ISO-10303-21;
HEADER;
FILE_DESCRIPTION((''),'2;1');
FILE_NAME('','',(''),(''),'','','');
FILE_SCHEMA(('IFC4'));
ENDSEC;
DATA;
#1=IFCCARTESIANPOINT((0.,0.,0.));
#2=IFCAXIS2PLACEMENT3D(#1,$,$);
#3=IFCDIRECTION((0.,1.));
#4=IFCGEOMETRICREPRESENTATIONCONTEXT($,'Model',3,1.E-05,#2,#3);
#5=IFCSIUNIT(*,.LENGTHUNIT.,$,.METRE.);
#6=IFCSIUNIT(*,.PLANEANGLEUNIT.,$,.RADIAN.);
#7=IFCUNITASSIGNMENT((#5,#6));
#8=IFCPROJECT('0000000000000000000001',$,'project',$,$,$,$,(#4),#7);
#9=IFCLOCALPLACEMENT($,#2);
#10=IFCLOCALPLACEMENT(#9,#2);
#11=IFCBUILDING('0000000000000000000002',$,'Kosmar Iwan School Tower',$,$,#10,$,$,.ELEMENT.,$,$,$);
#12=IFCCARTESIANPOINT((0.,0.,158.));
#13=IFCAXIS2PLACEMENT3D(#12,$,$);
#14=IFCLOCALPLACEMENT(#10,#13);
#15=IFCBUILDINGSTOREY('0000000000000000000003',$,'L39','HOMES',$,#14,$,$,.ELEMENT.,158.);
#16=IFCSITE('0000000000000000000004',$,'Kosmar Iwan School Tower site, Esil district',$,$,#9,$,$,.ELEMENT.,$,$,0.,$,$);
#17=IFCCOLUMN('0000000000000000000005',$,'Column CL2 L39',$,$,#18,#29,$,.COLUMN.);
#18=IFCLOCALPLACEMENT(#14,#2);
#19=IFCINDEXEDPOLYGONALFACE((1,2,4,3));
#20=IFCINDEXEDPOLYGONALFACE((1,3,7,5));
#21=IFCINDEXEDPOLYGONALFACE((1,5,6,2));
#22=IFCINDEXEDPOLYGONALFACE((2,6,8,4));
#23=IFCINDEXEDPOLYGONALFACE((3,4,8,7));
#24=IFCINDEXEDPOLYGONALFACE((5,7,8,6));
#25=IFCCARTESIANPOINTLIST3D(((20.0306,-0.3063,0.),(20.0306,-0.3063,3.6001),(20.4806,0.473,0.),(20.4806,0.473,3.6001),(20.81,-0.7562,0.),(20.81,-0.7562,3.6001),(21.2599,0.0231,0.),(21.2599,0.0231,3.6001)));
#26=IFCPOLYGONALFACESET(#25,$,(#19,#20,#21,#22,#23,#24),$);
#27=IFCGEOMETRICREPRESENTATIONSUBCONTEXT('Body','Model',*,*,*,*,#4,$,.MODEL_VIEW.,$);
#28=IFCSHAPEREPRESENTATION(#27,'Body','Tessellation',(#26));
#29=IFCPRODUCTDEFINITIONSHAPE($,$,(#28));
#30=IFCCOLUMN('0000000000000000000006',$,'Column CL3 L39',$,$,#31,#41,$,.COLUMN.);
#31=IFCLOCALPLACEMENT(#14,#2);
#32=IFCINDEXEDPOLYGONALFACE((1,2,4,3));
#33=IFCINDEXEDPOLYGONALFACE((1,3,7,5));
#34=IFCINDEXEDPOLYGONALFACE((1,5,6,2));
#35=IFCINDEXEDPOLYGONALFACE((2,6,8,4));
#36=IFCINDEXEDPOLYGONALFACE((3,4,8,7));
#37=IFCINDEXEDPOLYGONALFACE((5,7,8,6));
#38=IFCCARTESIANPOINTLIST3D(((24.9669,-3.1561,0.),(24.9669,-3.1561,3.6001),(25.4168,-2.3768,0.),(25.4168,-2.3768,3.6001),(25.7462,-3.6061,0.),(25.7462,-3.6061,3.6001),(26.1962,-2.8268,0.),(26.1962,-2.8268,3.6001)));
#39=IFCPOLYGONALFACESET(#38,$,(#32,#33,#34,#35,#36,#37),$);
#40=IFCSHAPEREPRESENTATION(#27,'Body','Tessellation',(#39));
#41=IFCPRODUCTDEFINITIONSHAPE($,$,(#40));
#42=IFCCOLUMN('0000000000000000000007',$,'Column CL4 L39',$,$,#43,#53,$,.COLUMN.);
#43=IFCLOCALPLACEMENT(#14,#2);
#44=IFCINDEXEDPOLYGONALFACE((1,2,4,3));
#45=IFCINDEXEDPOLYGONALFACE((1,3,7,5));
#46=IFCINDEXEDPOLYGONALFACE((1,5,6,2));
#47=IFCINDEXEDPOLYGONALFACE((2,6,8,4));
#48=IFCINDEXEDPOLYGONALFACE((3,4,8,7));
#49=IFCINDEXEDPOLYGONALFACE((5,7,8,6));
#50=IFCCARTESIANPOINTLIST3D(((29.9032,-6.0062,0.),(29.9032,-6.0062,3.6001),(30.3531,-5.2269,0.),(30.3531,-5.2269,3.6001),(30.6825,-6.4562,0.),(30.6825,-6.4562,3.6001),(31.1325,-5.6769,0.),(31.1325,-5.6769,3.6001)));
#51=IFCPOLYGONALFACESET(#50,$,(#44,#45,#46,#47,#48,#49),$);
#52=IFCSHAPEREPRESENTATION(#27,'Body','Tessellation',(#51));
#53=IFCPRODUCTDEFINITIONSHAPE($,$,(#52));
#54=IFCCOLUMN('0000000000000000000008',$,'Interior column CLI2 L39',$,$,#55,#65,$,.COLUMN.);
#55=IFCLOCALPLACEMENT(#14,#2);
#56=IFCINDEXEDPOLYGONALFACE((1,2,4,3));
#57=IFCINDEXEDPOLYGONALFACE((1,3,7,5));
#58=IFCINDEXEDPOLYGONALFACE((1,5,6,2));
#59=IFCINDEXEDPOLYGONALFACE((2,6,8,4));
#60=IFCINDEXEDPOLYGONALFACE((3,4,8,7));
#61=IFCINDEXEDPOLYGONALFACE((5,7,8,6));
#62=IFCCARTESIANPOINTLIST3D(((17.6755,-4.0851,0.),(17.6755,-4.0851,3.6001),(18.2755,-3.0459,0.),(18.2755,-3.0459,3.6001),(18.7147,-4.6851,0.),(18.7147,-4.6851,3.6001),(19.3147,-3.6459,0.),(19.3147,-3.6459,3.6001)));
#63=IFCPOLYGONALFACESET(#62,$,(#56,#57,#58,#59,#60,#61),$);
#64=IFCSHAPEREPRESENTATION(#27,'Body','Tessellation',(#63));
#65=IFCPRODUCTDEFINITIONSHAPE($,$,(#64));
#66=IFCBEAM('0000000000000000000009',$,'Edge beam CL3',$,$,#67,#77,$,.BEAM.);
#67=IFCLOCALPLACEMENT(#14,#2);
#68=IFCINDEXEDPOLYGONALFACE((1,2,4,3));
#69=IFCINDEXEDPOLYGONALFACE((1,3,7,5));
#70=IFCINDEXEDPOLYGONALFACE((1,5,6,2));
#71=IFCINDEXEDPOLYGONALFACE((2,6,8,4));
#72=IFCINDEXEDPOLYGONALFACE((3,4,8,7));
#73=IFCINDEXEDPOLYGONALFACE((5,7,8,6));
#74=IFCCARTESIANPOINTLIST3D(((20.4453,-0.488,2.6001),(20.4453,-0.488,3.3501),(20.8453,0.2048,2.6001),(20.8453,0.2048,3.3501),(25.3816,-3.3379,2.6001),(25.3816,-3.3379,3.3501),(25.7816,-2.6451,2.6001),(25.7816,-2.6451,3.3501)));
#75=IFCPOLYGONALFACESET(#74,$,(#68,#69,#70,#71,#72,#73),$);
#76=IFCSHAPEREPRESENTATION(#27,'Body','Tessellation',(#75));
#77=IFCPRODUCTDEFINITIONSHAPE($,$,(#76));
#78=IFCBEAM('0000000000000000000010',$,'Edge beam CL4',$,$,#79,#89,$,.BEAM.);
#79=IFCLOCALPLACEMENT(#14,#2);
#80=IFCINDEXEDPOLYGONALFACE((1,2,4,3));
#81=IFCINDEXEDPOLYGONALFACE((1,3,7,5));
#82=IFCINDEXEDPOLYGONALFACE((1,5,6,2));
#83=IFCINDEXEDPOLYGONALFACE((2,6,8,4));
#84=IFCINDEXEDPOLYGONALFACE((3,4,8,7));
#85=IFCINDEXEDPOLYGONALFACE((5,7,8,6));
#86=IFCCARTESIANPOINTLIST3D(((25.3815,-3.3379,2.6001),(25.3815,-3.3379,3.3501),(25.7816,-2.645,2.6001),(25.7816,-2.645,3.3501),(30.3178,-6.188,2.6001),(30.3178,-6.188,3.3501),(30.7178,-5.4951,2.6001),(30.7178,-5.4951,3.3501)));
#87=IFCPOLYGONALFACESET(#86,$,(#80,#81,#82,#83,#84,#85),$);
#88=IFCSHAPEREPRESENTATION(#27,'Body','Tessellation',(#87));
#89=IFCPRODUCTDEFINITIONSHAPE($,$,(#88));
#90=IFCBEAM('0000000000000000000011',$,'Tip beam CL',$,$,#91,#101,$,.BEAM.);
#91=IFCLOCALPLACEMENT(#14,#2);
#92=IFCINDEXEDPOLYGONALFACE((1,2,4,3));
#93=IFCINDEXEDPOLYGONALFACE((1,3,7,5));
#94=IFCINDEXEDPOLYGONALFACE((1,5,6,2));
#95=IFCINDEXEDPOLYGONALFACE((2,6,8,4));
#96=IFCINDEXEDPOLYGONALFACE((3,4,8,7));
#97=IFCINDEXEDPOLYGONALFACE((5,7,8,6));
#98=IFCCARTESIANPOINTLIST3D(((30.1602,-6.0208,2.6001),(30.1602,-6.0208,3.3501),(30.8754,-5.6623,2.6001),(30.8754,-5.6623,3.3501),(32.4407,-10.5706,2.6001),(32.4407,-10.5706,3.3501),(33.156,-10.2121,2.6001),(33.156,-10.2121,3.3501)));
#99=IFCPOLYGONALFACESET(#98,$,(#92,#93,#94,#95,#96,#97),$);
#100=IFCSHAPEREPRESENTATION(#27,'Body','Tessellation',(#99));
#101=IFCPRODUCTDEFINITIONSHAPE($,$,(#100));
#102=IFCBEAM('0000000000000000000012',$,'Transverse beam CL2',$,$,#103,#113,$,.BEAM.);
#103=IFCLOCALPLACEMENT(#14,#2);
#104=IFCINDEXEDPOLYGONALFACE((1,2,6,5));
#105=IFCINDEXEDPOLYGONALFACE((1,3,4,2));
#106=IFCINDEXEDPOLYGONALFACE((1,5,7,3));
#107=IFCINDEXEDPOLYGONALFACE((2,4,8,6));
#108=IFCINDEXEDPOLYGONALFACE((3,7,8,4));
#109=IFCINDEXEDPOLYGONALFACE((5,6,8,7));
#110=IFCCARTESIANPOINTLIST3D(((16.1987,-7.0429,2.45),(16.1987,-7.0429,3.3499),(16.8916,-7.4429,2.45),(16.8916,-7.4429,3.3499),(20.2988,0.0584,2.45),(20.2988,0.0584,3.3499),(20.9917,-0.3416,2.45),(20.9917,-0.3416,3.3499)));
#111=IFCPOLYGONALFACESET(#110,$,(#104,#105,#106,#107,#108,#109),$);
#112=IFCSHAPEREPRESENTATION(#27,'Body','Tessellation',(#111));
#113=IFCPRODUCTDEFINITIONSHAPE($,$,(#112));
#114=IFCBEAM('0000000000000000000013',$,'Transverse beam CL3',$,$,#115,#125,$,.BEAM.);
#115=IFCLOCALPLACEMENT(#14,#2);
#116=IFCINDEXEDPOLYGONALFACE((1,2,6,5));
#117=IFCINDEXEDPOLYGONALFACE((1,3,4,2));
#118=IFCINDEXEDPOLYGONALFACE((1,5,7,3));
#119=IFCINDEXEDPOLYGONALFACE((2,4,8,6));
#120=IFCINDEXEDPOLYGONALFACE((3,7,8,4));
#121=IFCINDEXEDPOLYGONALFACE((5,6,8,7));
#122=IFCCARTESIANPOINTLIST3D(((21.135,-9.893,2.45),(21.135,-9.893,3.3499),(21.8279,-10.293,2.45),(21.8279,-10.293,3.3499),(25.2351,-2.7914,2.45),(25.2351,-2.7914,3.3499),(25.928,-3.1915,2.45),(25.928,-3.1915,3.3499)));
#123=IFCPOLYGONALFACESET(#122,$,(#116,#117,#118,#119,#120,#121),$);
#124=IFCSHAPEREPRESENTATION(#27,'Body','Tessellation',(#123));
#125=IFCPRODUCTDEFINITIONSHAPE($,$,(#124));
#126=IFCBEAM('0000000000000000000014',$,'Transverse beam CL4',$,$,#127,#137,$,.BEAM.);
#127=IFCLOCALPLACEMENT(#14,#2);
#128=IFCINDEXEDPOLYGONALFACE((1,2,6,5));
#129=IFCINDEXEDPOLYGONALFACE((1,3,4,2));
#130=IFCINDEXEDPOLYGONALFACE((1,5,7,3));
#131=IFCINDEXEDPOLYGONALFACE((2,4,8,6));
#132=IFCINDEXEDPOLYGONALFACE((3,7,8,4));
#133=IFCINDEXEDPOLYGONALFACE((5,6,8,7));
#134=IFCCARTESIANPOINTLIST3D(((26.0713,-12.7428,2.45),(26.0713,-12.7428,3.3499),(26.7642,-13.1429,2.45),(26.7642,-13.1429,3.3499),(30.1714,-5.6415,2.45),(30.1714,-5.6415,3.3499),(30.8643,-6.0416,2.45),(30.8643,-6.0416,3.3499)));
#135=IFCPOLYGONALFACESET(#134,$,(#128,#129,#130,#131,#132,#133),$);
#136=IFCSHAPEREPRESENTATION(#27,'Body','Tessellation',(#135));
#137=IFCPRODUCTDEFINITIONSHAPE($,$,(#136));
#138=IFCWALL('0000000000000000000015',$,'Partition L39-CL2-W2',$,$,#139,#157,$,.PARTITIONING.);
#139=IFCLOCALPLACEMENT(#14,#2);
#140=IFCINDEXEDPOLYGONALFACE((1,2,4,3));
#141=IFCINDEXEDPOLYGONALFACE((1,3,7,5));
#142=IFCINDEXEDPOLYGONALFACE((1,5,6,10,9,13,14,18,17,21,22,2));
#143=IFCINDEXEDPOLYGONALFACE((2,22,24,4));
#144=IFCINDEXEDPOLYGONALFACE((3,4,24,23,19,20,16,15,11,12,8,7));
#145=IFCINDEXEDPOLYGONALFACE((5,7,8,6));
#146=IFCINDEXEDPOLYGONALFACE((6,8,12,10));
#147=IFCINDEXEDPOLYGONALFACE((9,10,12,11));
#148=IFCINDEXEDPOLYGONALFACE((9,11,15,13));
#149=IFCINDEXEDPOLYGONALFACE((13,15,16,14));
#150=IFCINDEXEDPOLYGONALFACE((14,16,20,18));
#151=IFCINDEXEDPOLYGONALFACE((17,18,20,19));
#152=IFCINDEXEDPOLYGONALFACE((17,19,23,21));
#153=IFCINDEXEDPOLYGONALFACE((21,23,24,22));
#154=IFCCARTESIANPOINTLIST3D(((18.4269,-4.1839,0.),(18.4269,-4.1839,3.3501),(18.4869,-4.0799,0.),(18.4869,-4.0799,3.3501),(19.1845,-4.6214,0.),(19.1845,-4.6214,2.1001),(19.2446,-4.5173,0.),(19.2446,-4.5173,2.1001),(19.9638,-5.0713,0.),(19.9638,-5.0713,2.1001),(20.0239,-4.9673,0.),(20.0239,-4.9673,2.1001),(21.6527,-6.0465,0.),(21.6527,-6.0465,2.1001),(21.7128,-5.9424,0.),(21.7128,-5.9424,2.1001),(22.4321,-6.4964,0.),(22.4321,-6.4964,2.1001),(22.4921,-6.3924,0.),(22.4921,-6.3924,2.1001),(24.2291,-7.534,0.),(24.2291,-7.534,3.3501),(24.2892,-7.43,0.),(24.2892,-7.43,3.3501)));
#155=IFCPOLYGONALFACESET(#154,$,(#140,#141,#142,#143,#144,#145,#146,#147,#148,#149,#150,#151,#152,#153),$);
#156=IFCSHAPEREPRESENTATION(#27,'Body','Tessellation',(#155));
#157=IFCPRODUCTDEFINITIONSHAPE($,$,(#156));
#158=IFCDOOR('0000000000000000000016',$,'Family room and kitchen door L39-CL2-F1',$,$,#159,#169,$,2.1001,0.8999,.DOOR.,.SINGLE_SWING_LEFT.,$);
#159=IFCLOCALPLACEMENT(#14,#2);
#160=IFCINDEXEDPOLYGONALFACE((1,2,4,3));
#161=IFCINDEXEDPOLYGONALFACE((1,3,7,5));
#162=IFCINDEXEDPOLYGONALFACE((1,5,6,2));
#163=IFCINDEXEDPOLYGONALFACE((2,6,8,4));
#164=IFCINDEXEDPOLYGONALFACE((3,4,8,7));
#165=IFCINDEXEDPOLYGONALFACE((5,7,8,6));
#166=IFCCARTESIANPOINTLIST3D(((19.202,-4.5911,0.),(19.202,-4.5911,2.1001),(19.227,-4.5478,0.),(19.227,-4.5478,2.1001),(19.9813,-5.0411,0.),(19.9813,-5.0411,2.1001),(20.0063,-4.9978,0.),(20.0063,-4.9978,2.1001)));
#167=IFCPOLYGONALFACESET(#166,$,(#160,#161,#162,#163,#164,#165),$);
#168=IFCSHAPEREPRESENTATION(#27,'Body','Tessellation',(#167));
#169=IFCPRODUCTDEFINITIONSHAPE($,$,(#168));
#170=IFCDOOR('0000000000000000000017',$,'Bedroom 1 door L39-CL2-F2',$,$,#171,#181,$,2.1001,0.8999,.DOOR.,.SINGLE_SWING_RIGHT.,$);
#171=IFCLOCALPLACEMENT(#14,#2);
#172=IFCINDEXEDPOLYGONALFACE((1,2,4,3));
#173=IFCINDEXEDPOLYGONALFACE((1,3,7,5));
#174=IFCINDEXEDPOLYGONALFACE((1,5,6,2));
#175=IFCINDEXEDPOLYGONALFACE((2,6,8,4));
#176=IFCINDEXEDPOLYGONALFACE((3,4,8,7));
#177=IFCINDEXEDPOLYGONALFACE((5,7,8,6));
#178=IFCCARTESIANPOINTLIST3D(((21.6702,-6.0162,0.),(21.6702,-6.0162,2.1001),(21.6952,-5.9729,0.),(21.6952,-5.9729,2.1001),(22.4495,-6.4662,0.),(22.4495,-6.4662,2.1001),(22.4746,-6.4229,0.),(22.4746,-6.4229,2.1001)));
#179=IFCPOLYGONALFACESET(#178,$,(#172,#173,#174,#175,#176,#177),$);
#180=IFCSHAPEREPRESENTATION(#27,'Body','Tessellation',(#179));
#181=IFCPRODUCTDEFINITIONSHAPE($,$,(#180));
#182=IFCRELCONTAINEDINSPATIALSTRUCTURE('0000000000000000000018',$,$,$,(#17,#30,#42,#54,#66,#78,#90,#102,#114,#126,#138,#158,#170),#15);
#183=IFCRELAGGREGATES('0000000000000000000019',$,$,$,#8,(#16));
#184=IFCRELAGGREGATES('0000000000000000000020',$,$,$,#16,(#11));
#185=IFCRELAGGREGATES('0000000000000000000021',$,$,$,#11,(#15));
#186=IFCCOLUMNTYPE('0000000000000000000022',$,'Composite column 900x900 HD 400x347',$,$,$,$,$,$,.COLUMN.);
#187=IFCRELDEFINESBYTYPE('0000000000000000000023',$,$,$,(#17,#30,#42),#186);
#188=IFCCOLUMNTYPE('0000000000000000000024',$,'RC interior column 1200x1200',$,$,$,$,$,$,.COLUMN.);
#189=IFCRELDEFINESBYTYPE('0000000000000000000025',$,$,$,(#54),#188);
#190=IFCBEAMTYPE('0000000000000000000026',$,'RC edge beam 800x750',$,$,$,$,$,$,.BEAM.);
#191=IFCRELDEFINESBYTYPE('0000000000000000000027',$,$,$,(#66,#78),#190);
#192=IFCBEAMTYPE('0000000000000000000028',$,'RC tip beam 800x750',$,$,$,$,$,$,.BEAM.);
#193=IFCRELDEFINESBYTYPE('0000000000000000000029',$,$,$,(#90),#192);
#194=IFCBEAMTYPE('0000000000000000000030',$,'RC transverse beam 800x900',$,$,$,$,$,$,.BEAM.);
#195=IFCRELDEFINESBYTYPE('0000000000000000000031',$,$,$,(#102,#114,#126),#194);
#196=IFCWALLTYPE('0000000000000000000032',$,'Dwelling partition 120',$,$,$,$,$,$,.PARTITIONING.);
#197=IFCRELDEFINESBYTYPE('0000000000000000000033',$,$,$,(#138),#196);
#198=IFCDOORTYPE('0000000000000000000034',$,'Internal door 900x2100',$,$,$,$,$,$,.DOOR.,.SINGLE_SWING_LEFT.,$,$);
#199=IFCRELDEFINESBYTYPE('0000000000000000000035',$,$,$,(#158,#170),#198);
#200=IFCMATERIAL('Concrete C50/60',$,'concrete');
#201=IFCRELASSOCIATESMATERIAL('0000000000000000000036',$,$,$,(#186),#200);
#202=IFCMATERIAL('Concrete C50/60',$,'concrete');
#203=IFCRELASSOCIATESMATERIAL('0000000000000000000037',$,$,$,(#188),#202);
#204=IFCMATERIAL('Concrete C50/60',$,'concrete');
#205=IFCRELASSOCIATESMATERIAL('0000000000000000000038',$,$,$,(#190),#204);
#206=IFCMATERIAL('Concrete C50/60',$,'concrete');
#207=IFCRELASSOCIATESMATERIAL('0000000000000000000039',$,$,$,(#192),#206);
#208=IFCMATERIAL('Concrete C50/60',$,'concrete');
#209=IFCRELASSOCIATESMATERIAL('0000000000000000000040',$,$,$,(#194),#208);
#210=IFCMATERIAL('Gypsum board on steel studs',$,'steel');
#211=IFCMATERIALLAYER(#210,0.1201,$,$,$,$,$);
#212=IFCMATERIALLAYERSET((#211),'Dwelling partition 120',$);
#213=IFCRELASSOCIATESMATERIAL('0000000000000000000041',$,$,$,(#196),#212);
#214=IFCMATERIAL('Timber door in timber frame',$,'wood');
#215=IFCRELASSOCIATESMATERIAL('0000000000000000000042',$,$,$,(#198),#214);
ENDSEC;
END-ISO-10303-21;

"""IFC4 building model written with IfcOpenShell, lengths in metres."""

from ifc_helpers import new_model, si_unit, direction, frame, frame_2d, origin, origin_2d, place, context, subcontext, project, spatial, rectangle, extrude, material, layer, layer_set, material_profile, profile_set, type_object, element, fill, save


model = new_model("IFC4")

# Units and contexts
model_context = context("Model", 3, precision=1e-05, world=origin(), true_north=direction((0.0, 1.0)))
body_context = subcontext(model_context, "Body", "Model", "MODEL_VIEW")
ifc_project = project(units=[si_unit("LENGTHUNIT", "METRE"), si_unit("PLANEANGLEUNIT", "RADIAN")], contexts=[model_context])

# Site, building, storey
site_placement = place(None, origin())
site = spatial("IfcSite", under=ifc_project, at=site_placement, Name="Kosmar Iwan School Tower site, Esil district", CompositionType="ELEMENT", RefElevation=0.0)
building_placement = place(site_placement, origin())
building = spatial("IfcBuilding", under=site, at=building_placement, Name="Kosmar Iwan School Tower", CompositionType="ELEMENT")
storey_placement = place(building_placement, frame((0.0, 0.0, 158.0)))
storey = spatial("IfcBuildingStorey", under=building, at=storey_placement, Name="L39", Description="HOMES", CompositionType="ELEMENT", Elevation=158.0)

# Columns
ifc_material_1 = material(Name="Concrete C50/60", Category="concrete")
ifc_material_profile_1 = material_profile(ifc_material_1, rectangle(XDim=0.8999, YDim=0.8999, at=origin_2d()), Name="RC 900x900 + HD 400x347")
ifc_profile_set_1 = profile_set([ifc_material_profile_1], Name="Concrete C50/60")
column_type_1 = type_object("IfcColumnType", Name="Composite column 900x900 HD 400x347", PredefinedType="COLUMN", material=ifc_profile_set_1)
for number, where, z_axis, x_axis, name in (
    (1, (20.6453, -0.1416, 0.0), (0.0, 0.0, 1.0), (0.866025, -0.5, 0.0), "Column CL2 L39"),
    (2, (25.5815, -2.9915, 0.0), (0.0, 0.0, 1.0), (0.866025, -0.5, 0.0), "Column CL3 L39"),
    (3, (30.5178, -5.8416, 0.0), (0.0, 0.0, 1.0), (0.866025, -0.5, 0.0), "Column CL4 L39"),
):
    element("IfcColumn", number, at=place(storey_placement, frame(where, z_axis=z_axis, x_axis=x_axis)), inside=storey, type_object=column_type_1, Name=name, PredefinedType="COLUMN", context=body_context, shape_type="SweptSolid", body=[
        extrude(rectangle(XDim=0.8999, YDim=0.8999, at=origin_2d()), origin(), (0.0, 0.0, 1.0), 3.6001),
    ])
ifc_material_2 = material(Name="Concrete C50/60", Category="concrete")
ifc_material_profile_2 = material_profile(ifc_material_2, rectangle(XDim=1.2, YDim=1.2, at=origin_2d()), Name="RC 1200x1200")
ifc_profile_set_2 = profile_set([ifc_material_profile_2], Name="Concrete C50/60")
column_type_2 = type_object("IfcColumnType", Name="RC interior column 1200x1200", PredefinedType="COLUMN", material=ifc_profile_set_2)
column_placement = place(storey_placement, frame((18.4951, -3.8655, 0.0), z_axis=(0.0, 0.0, 1.0), x_axis=(0.866025, -0.5, 0.0)))
element("IfcColumn", 4, at=column_placement, inside=storey, type_object=column_type_2, Name="Interior column CLI2 L39", PredefinedType="COLUMN", context=body_context, shape_type="SweptSolid", body=[
    extrude(rectangle(XDim=1.2, YDim=1.2, at=origin_2d()), origin(), (0.0, 0.0, 1.0), 3.6001),
])

# Beams
ifc_material_3 = material(Name="Concrete C50/60", Category="concrete")
ifc_material_profile_3 = material_profile(ifc_material_3, rectangle(XDim=0.8, YDim=0.75, at=origin_2d()), Name="RC 800x750")
ifc_profile_set_3 = profile_set([ifc_material_profile_3], Name="Concrete C50/60")
beam_type_1 = type_object("IfcBeamType", Name="RC edge beam 800x750", PredefinedType="BEAM", material=ifc_profile_set_3)
for number, where, z_axis, x_axis, name in (
    (5, (20.6453, -0.1416, 2.9751), (0.866034, -0.499986, 0.0), (0.499986, 0.866034, 0.0), "Edge beam CL3"),
    (6, (25.5815, -2.9915, 2.9751), (0.866015, -0.500018, 0.0), (0.500018, 0.866015, 0.0), "Edge beam CL4"),
):
    element("IfcBeam", number, at=place(storey_placement, frame(where, z_axis=z_axis, x_axis=x_axis)), inside=storey, type_object=beam_type_1, Name=name, PredefinedType="BEAM", context=body_context, shape_type="SweptSolid", body=[
        extrude(rectangle(XDim=0.8, YDim=0.75, at=origin_2d()), origin(), (0.0, 0.0, 1.0), 5.7),
    ])
ifc_material_4 = material(Name="Concrete C50/60", Category="concrete")
ifc_material_profile_4 = material_profile(ifc_material_4, rectangle(XDim=0.8, YDim=0.75, at=origin_2d()), Name="RC 800x750")
ifc_profile_set_4 = profile_set([ifc_material_profile_4], Name="Concrete C50/60")
beam_type_2 = type_object("IfcBeamType", Name="RC tip beam 800x750", PredefinedType="BEAM", material=ifc_profile_set_4)
beam_1_placement = place(storey_placement, frame((30.5178, -5.8416, 2.9751), z_axis=(0.448096, -0.893985, 0.0), x_axis=(0.893985, 0.448096, 0.0)))
element("IfcBeam", 7, at=beam_1_placement, inside=storey, type_object=beam_type_2, Name="Tip beam CL", PredefinedType="BEAM", context=body_context, shape_type="SweptSolid", body=[
    extrude(rectangle(XDim=0.8, YDim=0.75, at=origin_2d()), origin(), (0.0, 0.0, 1.0), 5.0894),
])
ifc_material_5 = material(Name="Concrete C50/60", Category="concrete")
ifc_material_profile_5 = material_profile(ifc_material_5, rectangle(XDim=0.8, YDim=0.8999, at=origin_2d()), Name="RC 800x900")
ifc_profile_set_5 = profile_set([ifc_material_profile_5], Name="Concrete C50/60")
beam_type_3 = type_object("IfcBeamType", Name="RC transverse beam 800x900", PredefinedType="BEAM", material=ifc_profile_set_5)
beam_2_placement = place(storey_placement, frame((20.6453, -0.1416, 2.8999), z_axis=(-0.500014, -0.866018, 0.0), x_axis=(0.866018, -0.500014, 0.0)))
element("IfcBeam", 8, at=beam_2_placement, inside=storey, type_object=beam_type_3, Name="Transverse beam CL2", PredefinedType="BEAM", context=body_context, shape_type="SweptSolid", body=[
    extrude(rectangle(XDim=0.8, YDim=0.8999, at=origin_2d()), origin(), (0.0, 0.0, 1.0), 8.2),
])
beam_3_placement = place(storey_placement, frame((25.5815, -2.9915, 2.8999), z_axis=(-0.500001, -0.866025, 0.0), x_axis=(0.866025, -0.500001, 0.0)))
element("IfcBeam", 9, at=beam_3_placement, inside=storey, type_object=beam_type_3, Name="Transverse beam CL3", PredefinedType="BEAM", context=body_context, shape_type="SweptSolid", body=[
    extrude(rectangle(XDim=0.8, YDim=0.8999, at=origin_2d()), origin(), (0.0, 0.0, 1.0), 8.2002),
])
beam_4_placement = place(storey_placement, frame((30.5178, -5.8416, 2.8999), z_axis=(-0.500014, -0.866018, 0.0), x_axis=(0.866018, -0.500014, 0.0)))
element("IfcBeam", 10, at=beam_4_placement, inside=storey, type_object=beam_type_3, Name="Transverse beam CL4", PredefinedType="BEAM", context=body_context, shape_type="SweptSolid", body=[
    extrude(rectangle(XDim=0.8, YDim=0.8999, at=origin_2d()), origin(), (0.0, 0.0, 1.0), 8.2),
])

# Wall, openings, doors
ifc_material_6 = material(Name="Gypsum board on steel studs", Category="steel")
ifc_layer_1 = layer(ifc_material_6, 0.1201)
ifc_layer_set_1 = layer_set([ifc_layer_1], Name="Dwelling partition 120")
wall_type_1 = type_object("IfcWallType", Name="Dwelling partition 120", PredefinedType="PARTITIONING", material=ifc_layer_set_1)
wall_1_placement = place(storey_placement, frame((18.4568, -4.1318, 0.0), z_axis=(0.0, 0.0, 1.0), x_axis=(0.866014, -0.500019, 0.0)))
wall_1 = element("IfcWall", 11, at=wall_1_placement, inside=storey, type_object=wall_type_1, Name="Partition L39-CL2-W2", PredefinedType="PARTITIONING", context=body_context, shape_type="SweptSolid", body=[
    extrude(rectangle(XDim=6.7, YDim=0.1201, at=frame_2d((3.3501, 0.0))), origin(), (0.0, 0.0, 1.0), 3.3501),
])
opening_1_placement = place(wall_1_placement, frame((0.875, 0.0, 0.0)))
opening_1 = element("IfcOpeningElement", 12, at=opening_1_placement, cuts=wall_1, PredefinedType="OPENING", context=body_context, shape_type="SweptSolid", body=[
    extrude(rectangle(XDim=0.8999, YDim=2.1001, at=frame_2d((0.45, 1.05))), frame((0.0, 0.072, 0.0), z_axis=(0.0, -1.0, 0.0), x_axis=(1.0, 0.0, 0.0)), (0.0, 0.0, 1.0), 0.144),
])
opening_2_placement = place(wall_1_placement, frame((3.7251, 0.0, 0.0)))
opening_2 = element("IfcOpeningElement", 13, at=opening_2_placement, cuts=wall_1, PredefinedType="OPENING", context=body_context, shape_type="SweptSolid", body=[
    extrude(rectangle(XDim=0.8999, YDim=2.1001, at=frame_2d((0.45, 1.05))), frame((0.0, 0.072, 0.0), z_axis=(0.0, -1.0, 0.0), x_axis=(1.0, 0.0, 0.0)), (0.0, 0.0, 1.0), 0.144),
])
ifc_material_7 = material(Name="Timber door in timber frame", Category="wood")
door_type = type_object("IfcDoorType", Name="Internal door 900x2100", OperationType="SINGLE_SWING_LEFT", PredefinedType="DOOR", material=ifc_material_7)
door_1_placement = place(opening_1_placement, origin())
door_1 = element("IfcDoor", 14, at=door_1_placement, inside=storey, type_object=door_type, Name="Family room and kitchen door L39-CL2-F1", OperationType="SINGLE_SWING_LEFT", OverallHeight=2.1001, OverallWidth=0.8999, PredefinedType="DOOR", context=body_context, shape_type="SweptSolid", body=[
    extrude(rectangle(XDim=0.8999, YDim=2.1001, at=frame_2d((0.45, 1.05))), frame((0.0, 0.0249, 0.0), z_axis=(0.0, -1.0, 0.0), x_axis=(1.0, 0.0, 0.0)), (0.0, 0.0, 1.0), 0.05),
])
fill(opening_1, door_1)
door_2_placement = place(opening_2_placement, origin())
door_2 = element("IfcDoor", 15, at=door_2_placement, inside=storey, type_object=door_type, Name="Bedroom 1 door L39-CL2-F2", OperationType="SINGLE_SWING_RIGHT", OverallHeight=2.1001, OverallWidth=0.8999, PredefinedType="DOOR", context=body_context, shape_type="SweptSolid", body=[
    extrude(rectangle(XDim=0.8999, YDim=2.1001, at=frame_2d((0.45, 1.05))), frame((0.0, 0.0249, 0.0), z_axis=(0.0, -1.0, 0.0), x_axis=(1.0, 0.0, 0.0)), (0.0, 0.0, 1.0), 0.05),
])
fill(opening_2, door_2)

save(model, "model.ifc")
